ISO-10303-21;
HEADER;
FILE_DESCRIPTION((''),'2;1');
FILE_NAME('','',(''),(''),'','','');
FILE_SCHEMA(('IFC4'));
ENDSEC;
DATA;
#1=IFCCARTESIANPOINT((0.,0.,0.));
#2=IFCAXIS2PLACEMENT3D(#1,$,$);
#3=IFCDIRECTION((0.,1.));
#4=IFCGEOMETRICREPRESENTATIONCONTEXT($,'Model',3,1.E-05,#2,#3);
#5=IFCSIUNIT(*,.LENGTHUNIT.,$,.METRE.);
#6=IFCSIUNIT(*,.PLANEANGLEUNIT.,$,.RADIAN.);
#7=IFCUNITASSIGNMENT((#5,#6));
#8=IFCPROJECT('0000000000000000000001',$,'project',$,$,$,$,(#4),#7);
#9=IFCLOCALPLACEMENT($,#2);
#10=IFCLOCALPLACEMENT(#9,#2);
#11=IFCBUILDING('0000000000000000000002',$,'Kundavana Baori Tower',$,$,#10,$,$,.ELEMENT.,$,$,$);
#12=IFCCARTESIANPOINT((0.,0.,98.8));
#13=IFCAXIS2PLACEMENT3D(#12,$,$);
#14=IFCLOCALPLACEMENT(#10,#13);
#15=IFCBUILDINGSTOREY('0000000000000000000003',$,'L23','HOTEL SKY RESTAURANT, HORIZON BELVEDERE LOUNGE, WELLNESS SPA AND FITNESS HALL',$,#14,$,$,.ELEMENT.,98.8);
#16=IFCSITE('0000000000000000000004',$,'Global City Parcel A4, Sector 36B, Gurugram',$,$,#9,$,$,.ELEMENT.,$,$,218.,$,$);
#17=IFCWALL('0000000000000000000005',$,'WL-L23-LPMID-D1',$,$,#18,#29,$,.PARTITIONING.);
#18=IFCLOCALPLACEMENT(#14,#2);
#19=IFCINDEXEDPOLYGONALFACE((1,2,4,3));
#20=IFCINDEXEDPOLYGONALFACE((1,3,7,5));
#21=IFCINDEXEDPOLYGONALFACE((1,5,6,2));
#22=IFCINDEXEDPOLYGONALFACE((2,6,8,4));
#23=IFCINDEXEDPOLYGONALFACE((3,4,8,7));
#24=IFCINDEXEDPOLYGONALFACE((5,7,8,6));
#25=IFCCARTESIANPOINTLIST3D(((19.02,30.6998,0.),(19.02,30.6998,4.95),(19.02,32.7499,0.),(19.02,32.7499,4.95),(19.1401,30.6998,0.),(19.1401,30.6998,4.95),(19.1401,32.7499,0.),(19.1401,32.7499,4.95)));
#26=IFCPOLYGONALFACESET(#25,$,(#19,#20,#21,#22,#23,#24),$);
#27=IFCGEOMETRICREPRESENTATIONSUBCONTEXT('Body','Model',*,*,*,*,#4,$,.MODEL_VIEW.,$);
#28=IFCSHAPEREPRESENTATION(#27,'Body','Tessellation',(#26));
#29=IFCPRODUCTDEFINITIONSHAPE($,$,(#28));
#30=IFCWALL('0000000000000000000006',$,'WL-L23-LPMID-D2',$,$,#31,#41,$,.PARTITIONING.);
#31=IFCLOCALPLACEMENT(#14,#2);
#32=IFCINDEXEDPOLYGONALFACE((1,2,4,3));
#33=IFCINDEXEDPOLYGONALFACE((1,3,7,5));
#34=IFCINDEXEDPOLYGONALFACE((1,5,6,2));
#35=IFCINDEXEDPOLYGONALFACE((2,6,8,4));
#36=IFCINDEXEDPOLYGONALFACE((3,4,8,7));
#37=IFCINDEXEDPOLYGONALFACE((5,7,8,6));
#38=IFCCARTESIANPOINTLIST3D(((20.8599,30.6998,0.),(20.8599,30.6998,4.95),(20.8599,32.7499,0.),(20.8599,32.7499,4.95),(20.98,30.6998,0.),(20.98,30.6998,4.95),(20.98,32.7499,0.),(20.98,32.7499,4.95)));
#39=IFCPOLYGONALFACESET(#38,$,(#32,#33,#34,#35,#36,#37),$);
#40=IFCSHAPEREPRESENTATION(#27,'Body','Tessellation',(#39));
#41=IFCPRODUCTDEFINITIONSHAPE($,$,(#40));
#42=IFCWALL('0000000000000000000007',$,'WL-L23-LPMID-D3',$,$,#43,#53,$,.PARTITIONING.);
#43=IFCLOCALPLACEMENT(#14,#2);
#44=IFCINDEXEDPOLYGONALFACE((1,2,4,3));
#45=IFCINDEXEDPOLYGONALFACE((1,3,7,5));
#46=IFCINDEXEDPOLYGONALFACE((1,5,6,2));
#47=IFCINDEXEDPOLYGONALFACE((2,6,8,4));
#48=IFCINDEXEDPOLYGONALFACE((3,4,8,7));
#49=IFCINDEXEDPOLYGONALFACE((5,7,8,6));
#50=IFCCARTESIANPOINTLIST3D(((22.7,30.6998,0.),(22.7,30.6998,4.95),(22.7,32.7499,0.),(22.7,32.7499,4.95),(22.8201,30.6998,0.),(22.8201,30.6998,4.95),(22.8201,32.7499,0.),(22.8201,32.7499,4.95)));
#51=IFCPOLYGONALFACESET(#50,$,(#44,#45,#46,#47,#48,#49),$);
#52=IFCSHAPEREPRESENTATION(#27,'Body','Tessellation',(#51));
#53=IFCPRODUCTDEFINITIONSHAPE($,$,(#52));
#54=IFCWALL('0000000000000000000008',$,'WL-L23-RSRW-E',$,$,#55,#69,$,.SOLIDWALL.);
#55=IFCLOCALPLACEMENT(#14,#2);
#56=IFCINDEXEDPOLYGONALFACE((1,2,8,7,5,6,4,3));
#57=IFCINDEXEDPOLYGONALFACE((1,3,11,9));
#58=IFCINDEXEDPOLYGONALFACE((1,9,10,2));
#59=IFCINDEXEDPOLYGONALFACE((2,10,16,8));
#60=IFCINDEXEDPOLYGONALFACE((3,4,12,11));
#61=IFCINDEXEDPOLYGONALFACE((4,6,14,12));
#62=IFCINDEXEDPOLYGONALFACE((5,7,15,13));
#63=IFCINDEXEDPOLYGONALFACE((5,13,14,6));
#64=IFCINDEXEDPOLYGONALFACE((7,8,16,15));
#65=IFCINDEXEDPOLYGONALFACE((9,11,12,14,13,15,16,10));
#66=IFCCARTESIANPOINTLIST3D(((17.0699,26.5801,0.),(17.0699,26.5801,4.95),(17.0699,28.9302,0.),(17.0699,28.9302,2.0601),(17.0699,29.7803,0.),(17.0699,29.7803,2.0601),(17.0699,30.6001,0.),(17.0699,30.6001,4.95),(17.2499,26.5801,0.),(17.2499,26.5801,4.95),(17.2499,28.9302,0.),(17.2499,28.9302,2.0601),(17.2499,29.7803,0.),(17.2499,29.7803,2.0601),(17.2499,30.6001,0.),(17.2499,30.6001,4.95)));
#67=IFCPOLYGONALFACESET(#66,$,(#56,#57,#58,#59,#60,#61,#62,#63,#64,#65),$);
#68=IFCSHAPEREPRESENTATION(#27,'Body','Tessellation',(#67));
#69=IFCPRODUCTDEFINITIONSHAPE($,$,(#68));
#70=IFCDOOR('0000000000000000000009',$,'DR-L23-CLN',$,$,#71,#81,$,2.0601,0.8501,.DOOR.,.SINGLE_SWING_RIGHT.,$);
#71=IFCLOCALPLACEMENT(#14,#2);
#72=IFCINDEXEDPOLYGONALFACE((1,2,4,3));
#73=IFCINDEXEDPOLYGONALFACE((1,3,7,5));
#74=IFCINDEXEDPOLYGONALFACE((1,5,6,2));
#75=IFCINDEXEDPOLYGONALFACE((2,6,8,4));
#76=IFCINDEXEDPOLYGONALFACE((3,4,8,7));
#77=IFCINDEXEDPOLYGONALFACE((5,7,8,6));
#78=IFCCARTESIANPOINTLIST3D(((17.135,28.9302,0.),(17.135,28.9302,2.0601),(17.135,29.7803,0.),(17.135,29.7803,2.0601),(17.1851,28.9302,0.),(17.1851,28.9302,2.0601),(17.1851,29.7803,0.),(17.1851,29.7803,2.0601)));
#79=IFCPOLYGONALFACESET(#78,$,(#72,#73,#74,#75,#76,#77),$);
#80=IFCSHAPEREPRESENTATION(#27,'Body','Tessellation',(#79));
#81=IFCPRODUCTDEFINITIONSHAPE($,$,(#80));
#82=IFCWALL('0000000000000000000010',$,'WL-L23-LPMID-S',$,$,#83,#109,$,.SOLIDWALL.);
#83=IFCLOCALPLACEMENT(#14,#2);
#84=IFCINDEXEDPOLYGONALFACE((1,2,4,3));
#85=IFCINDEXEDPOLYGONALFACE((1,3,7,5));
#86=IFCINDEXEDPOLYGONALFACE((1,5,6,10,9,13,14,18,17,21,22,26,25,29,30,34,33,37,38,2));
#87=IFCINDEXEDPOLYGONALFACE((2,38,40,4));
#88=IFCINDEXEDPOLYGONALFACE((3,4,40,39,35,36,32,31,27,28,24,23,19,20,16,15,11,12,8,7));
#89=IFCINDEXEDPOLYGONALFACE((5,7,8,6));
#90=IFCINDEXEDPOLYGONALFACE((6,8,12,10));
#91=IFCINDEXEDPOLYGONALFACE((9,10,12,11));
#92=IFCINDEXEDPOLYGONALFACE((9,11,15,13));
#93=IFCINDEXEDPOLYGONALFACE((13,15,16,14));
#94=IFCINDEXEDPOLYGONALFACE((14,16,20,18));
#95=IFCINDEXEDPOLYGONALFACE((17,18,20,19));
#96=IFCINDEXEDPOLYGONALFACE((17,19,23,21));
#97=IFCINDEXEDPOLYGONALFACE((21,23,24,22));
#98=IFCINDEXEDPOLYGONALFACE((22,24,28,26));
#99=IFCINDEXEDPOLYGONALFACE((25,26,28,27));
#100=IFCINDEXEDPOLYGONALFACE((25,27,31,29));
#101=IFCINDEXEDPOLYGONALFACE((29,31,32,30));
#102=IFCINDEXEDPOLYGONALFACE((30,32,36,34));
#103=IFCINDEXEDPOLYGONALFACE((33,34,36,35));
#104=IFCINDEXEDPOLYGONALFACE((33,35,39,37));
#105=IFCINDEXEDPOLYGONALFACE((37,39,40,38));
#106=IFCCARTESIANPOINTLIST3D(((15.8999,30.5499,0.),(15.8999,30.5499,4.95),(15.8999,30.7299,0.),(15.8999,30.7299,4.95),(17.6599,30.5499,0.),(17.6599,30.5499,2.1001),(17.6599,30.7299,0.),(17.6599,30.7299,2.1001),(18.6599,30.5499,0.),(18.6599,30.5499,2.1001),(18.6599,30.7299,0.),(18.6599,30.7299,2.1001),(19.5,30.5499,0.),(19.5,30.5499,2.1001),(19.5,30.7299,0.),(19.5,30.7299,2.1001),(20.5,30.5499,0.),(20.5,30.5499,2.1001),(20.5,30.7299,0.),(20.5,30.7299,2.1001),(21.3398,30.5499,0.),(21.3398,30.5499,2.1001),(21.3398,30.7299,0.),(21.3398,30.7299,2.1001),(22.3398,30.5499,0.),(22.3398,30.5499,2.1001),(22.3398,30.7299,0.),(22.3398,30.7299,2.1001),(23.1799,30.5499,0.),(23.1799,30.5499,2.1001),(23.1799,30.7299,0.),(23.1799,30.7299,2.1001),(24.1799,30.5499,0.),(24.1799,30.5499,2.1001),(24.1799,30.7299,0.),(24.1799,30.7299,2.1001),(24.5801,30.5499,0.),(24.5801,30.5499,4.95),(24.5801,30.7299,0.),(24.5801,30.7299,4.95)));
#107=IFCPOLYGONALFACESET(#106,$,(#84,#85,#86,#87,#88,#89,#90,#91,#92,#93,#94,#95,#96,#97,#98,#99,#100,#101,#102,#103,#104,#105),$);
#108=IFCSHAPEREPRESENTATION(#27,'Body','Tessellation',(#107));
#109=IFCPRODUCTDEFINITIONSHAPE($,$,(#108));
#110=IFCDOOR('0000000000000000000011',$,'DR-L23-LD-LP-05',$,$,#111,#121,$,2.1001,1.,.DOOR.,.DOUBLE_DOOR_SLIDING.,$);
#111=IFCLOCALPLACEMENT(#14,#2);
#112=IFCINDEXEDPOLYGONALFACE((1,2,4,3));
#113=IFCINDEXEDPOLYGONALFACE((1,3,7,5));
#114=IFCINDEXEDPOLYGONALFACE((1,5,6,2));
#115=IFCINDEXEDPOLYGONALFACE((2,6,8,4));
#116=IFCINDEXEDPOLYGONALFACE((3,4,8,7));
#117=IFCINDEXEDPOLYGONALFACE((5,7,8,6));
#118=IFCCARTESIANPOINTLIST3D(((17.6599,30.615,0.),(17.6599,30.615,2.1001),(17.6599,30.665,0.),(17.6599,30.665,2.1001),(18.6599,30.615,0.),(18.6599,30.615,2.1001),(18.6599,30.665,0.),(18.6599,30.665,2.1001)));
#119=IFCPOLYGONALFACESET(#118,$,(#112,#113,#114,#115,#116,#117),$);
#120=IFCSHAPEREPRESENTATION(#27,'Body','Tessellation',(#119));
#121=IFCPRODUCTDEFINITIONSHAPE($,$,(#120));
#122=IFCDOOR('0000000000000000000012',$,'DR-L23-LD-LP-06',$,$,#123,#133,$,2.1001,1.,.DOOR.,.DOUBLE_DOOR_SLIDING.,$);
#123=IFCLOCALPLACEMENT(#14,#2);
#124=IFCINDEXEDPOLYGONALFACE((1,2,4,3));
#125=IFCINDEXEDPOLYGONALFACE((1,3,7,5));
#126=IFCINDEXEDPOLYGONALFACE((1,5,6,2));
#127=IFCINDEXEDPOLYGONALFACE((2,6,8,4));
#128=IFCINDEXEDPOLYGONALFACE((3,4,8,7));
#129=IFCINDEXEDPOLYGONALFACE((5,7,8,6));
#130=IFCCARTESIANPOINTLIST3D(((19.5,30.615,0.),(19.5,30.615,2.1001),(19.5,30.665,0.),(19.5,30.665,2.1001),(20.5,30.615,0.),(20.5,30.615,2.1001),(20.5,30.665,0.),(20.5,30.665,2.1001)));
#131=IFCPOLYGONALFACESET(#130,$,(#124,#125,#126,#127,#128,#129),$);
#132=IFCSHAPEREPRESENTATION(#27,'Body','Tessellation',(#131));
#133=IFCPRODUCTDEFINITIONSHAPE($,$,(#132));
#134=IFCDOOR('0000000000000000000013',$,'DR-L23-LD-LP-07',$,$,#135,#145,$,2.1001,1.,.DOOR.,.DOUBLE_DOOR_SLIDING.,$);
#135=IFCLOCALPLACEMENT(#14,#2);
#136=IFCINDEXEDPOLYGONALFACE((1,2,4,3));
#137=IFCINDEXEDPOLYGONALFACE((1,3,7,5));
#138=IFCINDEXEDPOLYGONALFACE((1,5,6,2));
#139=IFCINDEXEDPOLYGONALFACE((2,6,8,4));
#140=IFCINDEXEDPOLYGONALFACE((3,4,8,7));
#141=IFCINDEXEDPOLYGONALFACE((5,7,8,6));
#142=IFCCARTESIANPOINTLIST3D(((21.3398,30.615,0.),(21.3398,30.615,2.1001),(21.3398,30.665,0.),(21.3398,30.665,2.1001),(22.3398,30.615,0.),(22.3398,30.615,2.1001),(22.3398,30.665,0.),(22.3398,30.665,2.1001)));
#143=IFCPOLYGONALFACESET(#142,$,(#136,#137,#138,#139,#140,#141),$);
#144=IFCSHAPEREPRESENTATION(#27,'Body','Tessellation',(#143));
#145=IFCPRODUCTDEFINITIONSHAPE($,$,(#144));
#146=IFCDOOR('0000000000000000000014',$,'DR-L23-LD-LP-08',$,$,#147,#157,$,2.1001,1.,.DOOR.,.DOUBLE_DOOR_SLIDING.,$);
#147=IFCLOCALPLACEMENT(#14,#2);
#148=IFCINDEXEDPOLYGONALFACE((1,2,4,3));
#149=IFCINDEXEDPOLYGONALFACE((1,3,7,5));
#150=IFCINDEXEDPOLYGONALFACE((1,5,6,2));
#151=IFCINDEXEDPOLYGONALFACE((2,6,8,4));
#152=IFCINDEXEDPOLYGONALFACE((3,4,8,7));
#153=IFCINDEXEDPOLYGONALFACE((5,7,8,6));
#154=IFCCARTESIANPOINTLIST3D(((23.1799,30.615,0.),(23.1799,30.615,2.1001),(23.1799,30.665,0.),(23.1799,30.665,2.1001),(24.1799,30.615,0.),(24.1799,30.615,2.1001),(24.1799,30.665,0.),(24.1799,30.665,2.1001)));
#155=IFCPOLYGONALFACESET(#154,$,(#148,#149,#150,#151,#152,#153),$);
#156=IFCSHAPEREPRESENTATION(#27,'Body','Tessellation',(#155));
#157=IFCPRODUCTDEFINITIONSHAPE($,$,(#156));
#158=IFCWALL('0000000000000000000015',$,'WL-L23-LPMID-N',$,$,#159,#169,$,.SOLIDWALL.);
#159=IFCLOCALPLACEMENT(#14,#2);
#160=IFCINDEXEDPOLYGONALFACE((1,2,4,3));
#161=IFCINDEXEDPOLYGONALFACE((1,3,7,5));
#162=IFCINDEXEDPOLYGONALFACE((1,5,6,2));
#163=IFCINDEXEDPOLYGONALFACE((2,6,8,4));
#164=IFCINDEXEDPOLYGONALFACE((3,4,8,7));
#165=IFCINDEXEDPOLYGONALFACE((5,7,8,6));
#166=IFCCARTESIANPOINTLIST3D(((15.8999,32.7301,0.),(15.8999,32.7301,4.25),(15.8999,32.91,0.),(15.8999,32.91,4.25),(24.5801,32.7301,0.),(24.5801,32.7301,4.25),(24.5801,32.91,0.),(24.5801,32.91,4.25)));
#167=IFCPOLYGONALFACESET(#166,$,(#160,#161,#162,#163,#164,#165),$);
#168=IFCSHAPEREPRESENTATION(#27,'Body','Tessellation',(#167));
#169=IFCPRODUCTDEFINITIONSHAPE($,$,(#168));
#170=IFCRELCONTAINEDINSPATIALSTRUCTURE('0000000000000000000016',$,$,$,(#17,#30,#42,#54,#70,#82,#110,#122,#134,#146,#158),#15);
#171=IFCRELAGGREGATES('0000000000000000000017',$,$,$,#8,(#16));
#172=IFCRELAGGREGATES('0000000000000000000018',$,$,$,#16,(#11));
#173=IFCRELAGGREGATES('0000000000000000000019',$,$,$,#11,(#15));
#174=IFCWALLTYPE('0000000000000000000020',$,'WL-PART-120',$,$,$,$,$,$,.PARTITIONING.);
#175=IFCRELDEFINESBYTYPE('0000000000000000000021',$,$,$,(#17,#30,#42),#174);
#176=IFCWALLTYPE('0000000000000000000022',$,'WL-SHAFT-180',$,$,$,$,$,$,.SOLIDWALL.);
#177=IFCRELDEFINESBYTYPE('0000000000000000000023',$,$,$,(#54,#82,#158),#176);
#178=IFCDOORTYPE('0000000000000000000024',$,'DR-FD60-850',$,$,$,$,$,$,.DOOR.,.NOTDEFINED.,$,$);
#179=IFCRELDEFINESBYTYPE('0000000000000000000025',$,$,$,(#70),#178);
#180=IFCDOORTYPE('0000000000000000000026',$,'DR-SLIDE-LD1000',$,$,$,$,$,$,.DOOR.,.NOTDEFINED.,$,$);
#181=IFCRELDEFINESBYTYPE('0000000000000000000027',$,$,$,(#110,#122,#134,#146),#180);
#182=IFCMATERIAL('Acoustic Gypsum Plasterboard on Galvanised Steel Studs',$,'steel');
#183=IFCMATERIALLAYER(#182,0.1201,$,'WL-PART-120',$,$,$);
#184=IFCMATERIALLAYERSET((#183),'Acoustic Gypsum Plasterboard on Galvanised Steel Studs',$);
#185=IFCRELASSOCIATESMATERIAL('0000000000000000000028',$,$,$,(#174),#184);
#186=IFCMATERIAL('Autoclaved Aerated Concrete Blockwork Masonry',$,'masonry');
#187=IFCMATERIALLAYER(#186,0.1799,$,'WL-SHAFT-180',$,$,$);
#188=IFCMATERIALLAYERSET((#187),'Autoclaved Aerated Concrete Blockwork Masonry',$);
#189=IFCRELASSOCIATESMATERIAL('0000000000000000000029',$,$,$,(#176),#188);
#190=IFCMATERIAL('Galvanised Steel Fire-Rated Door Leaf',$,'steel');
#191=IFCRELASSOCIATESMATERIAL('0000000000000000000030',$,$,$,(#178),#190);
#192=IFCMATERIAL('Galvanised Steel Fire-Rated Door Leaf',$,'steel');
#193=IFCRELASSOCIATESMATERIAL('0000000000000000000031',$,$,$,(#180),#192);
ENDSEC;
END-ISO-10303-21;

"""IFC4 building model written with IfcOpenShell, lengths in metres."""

from ifc_helpers import new_model, si_unit, direction, frame, frame_2d, origin, place, context, subcontext, project, spatial, rectangle, extrude, material, layer, layer_set, type_object, element, fill, save


model = new_model("IFC4")

# Units and contexts
model_context = context("Model", 3, precision=1e-05, world=origin(), true_north=direction((0.0, 1.0)))
body_context = subcontext(model_context, "Body", "Model", "MODEL_VIEW")
ifc_project = project(units=[si_unit("LENGTHUNIT", "METRE"), si_unit("PLANEANGLEUNIT", "RADIAN")], contexts=[model_context])

# Site, building, storey
site_placement = place(None, origin())
site = spatial("IfcSite", under=ifc_project, at=site_placement, Name="Global City Parcel A4, Sector 36B, Gurugram", CompositionType="ELEMENT", RefElevation=218.0)
building_placement = place(site_placement, origin())
building = spatial("IfcBuilding", under=site, at=building_placement, Name="Kundavana Baori Tower", CompositionType="ELEMENT")
storey_placement = place(building_placement, frame((0.0, 0.0, 98.8)))
storey = spatial("IfcBuildingStorey", under=building, at=storey_placement, Name="L23", Description="HOTEL SKY RESTAURANT, HORIZON BELVEDERE LOUNGE, WELLNESS SPA AND FITNESS HALL", CompositionType="ELEMENT", Elevation=98.8)

# Walls
ifc_material_1 = material(Name="Acoustic Gypsum Plasterboard on Galvanised Steel Studs", Category="steel")
ifc_layer_1 = layer(ifc_material_1, 0.1201, Name="WL-PART-120")
ifc_layer_set_1 = layer_set([ifc_layer_1], Name="Acoustic Gypsum Plasterboard on Galvanised Steel Studs")
wall_type_1 = type_object("IfcWallType", Name="WL-PART-120", PredefinedType="PARTITIONING", material=ifc_layer_set_1)
for number, where, z_axis, x_axis, name in (
    (1, (19.0801, 30.7, 0.0), (0.0, 0.0, 1.0), (0.0, 1.0, 0.0), "WL-L23-LPMID-D1"),
    (2, (20.9199, 30.7, 0.0), (0.0, 0.0, 1.0), (0.0, 1.0, 0.0), "WL-L23-LPMID-D2"),
    (3, (22.76, 30.7, 0.0), (0.0, 0.0, 1.0), (0.0, 1.0, 0.0), "WL-L23-LPMID-D3"),
):
    element("IfcWall", number, at=place(storey_placement, frame(where, z_axis=z_axis, x_axis=x_axis)), inside=storey, type_object=wall_type_1, Name=name, PredefinedType="PARTITIONING", context=body_context, shape_type="SweptSolid", body=[
        extrude(rectangle(XDim=2.05, YDim=0.1201, at=frame_2d((1.0249, 0.0))), origin(), (0.0, 0.0, 1.0), 4.95),
    ])

# Wall, opening, door
ifc_material_2 = material(Name="Autoclaved Aerated Concrete Blockwork Masonry", Category="masonry")
ifc_layer_2 = layer(ifc_material_2, 0.1799, Name="WL-SHAFT-180")
ifc_layer_set_2 = layer_set([ifc_layer_2], Name="Autoclaved Aerated Concrete Blockwork Masonry")
wall_type_2 = type_object("IfcWallType", Name="WL-SHAFT-180", PredefinedType="SOLIDWALL", material=ifc_layer_set_2)
wall_1_placement = place(storey_placement, frame((17.1599, 26.5801, 0.0), z_axis=(0.0, 0.0, 1.0), x_axis=(0.0, 1.0, 0.0)))
wall_1 = element("IfcWall", 4, at=wall_1_placement, inside=storey, type_object=wall_type_2, Name="WL-L23-RSRW-E", PredefinedType="SOLIDWALL", context=body_context, shape_type="SweptSolid", body=[
    extrude(rectangle(XDim=4.02, YDim=0.1799, at=frame_2d((2.01, 0.0))), origin(), (0.0, 0.0, 1.0), 4.95),
])
opening_1_placement = place(wall_1_placement, frame((2.3501, 0.0, 0.0)))
opening_1 = element("IfcOpeningElement", 5, at=opening_1_placement, cuts=wall_1, PredefinedType="OPENING", context=body_context, shape_type="SweptSolid", body=[
    extrude(rectangle(XDim=0.8501, YDim=2.0601, at=frame_2d((0.425, 1.03))), frame((0.0, 0.1001, 0.0), z_axis=(0.0, -1.0, 0.0), x_axis=(1.0, 0.0, 0.0)), (0.0, 0.0, 1.0), 0.2),
])
ifc_material_3 = material(Name="Galvanised Steel Fire-Rated Door Leaf", Category="steel")
door_type_1 = type_object("IfcDoorType", Name="DR-FD60-850", OperationType="NOTDEFINED", PredefinedType="DOOR", material=ifc_material_3)
door_1_placement = place(opening_1_placement, origin())
door_1 = element("IfcDoor", 6, at=door_1_placement, inside=storey, type_object=door_type_1, Name="DR-L23-CLN", OperationType="SINGLE_SWING_RIGHT", OverallHeight=2.0601, OverallWidth=0.8501, PredefinedType="DOOR", context=body_context, shape_type="SweptSolid", body=[
    extrude(rectangle(XDim=0.8501, YDim=2.0601, at=frame_2d((0.425, 1.03))), frame((0.0, 0.0249, 0.0), z_axis=(0.0, -1.0, 0.0), x_axis=(1.0, 0.0, 0.0)), (0.0, 0.0, 1.0), 0.05),
])
fill(opening_1, door_1)

# Wall, openings, doors
wall_2_placement = place(storey_placement, frame((15.8999, 30.6399, 0.0), z_axis=(0.0, 0.0, 1.0), x_axis=(1.0, 0.0, 0.0)))
wall_2 = element("IfcWall", 7, at=wall_2_placement, inside=storey, type_object=wall_type_2, Name="WL-L23-LPMID-S", PredefinedType="SOLIDWALL", context=body_context, shape_type="SweptSolid", body=[
    extrude(rectangle(XDim=8.6802, YDim=0.1799, at=frame_2d((4.3401, 0.0))), origin(), (0.0, 0.0, 1.0), 4.95),
])
opening_2_placement = place(wall_2_placement, frame((1.76, 0.0, 0.0)))
opening_2 = element("IfcOpeningElement", 8, at=opening_2_placement, cuts=wall_2, PredefinedType="OPENING", context=body_context, shape_type="SweptSolid", body=[
    extrude(rectangle(XDim=1.0, YDim=2.1001, at=frame_2d((0.5, 1.05))), frame((0.0, 0.1001, 0.0), z_axis=(0.0, -1.0, 0.0), x_axis=(1.0, 0.0, 0.0)), (0.0, 0.0, 1.0), 0.2),
])
opening_3_placement = place(wall_2_placement, frame((3.6001, 0.0, 0.0)))
opening_3 = element("IfcOpeningElement", 9, at=opening_3_placement, cuts=wall_2, PredefinedType="OPENING", context=body_context, shape_type="SweptSolid", body=[
    extrude(rectangle(XDim=1.0, YDim=2.1001, at=frame_2d((0.5, 1.05))), frame((0.0, 0.1001, 0.0), z_axis=(0.0, -1.0, 0.0), x_axis=(1.0, 0.0, 0.0)), (0.0, 0.0, 1.0), 0.2),
])
opening_4_placement = place(wall_2_placement, frame((5.4399, 0.0, 0.0)))
opening_4 = element("IfcOpeningElement", 10, at=opening_4_placement, cuts=wall_2, PredefinedType="OPENING", context=body_context, shape_type="SweptSolid", body=[
    extrude(rectangle(XDim=1.0, YDim=2.1001, at=frame_2d((0.5, 1.05))), frame((0.0, 0.1001, 0.0), z_axis=(0.0, -1.0, 0.0), x_axis=(1.0, 0.0, 0.0)), (0.0, 0.0, 1.0), 0.2),
])
opening_5_placement = place(wall_2_placement, frame((7.28, 0.0, 0.0)))
opening_5 = element("IfcOpeningElement", 11, at=opening_5_placement, cuts=wall_2, PredefinedType="OPENING", context=body_context, shape_type="SweptSolid", body=[
    extrude(rectangle(XDim=1.0, YDim=2.1001, at=frame_2d((0.5, 1.05))), frame((0.0, 0.1001, 0.0), z_axis=(0.0, -1.0, 0.0), x_axis=(1.0, 0.0, 0.0)), (0.0, 0.0, 1.0), 0.2),
])
ifc_material_4 = material(Name="Galvanised Steel Fire-Rated Door Leaf", Category="steel")
door_type_2 = type_object("IfcDoorType", Name="DR-SLIDE-LD1000", OperationType="NOTDEFINED", PredefinedType="DOOR", material=ifc_material_4)
door_2_placement = place(opening_2_placement, frame((1.0, 0.0, 0.0), z_axis=(0.0, 0.0, 1.0), x_axis=(-1.0, 0.0, 0.0)))
door_2 = element("IfcDoor", 12, at=door_2_placement, inside=storey, type_object=door_type_2, Name="DR-L23-LD-LP-05", OperationType="DOUBLE_DOOR_SLIDING", OverallHeight=2.1001, OverallWidth=1.0, PredefinedType="DOOR", context=body_context, shape_type="SweptSolid", body=[
    extrude(rectangle(XDim=1.0, YDim=2.1001, at=frame_2d((0.5, 1.05))), frame((0.0, 0.0249, 0.0), z_axis=(0.0, -1.0, 0.0), x_axis=(1.0, 0.0, 0.0)), (0.0, 0.0, 1.0), 0.05),
])
fill(opening_2, door_2)
door_3_placement = place(opening_3_placement, frame((1.0, 0.0, 0.0), z_axis=(0.0, 0.0, 1.0), x_axis=(-1.0, 0.0, 0.0)))
door_3 = element("IfcDoor", 13, at=door_3_placement, inside=storey, type_object=door_type_2, Name="DR-L23-LD-LP-06", OperationType="DOUBLE_DOOR_SLIDING", OverallHeight=2.1001, OverallWidth=1.0, PredefinedType="DOOR", context=body_context, shape_type="SweptSolid", body=[
    extrude(rectangle(XDim=1.0, YDim=2.1001, at=frame_2d((0.5, 1.05))), frame((0.0, 0.0249, 0.0), z_axis=(0.0, -1.0, 0.0), x_axis=(1.0, 0.0, 0.0)), (0.0, 0.0, 1.0), 0.05),
])
fill(opening_3, door_3)
door_4_placement = place(opening_4_placement, frame((1.0, 0.0, 0.0), z_axis=(0.0, 0.0, 1.0), x_axis=(-1.0, 0.0, 0.0)))
door_4 = element("IfcDoor", 14, at=door_4_placement, inside=storey, type_object=door_type_2, Name="DR-L23-LD-LP-07", OperationType="DOUBLE_DOOR_SLIDING", OverallHeight=2.1001, OverallWidth=1.0, PredefinedType="DOOR", context=body_context, shape_type="SweptSolid", body=[
    extrude(rectangle(XDim=1.0, YDim=2.1001, at=frame_2d((0.5, 1.05))), frame((0.0, 0.0249, 0.0), z_axis=(0.0, -1.0, 0.0), x_axis=(1.0, 0.0, 0.0)), (0.0, 0.0, 1.0), 0.05),
])
fill(opening_4, door_4)
door_5_placement = place(opening_5_placement, frame((1.0, 0.0, 0.0), z_axis=(0.0, 0.0, 1.0), x_axis=(-1.0, 0.0, 0.0)))
door_5 = element("IfcDoor", 15, at=door_5_placement, inside=storey, type_object=door_type_2, Name="DR-L23-LD-LP-08", OperationType="DOUBLE_DOOR_SLIDING", OverallHeight=2.1001, OverallWidth=1.0, PredefinedType="DOOR", context=body_context, shape_type="SweptSolid", body=[
    extrude(rectangle(XDim=1.0, YDim=2.1001, at=frame_2d((0.5, 1.05))), frame((0.0, 0.0249, 0.0), z_axis=(0.0, -1.0, 0.0), x_axis=(1.0, 0.0, 0.0)), (0.0, 0.0, 1.0), 0.05),
])
fill(opening_5, door_5)

# Wall
wall_3_placement = place(storey_placement, frame((15.8999, 32.8201, 0.0), z_axis=(0.0, 0.0, 1.0), x_axis=(1.0, 0.0, 0.0)))
element("IfcWall", 16, at=wall_3_placement, inside=storey, type_object=wall_type_2, Name="WL-L23-LPMID-N", PredefinedType="SOLIDWALL", context=body_context, shape_type="SweptSolid", body=[
    extrude(rectangle(XDim=8.6802, YDim=0.1799, at=frame_2d((4.3401, 0.0))), origin(), (0.0, 0.0, 1.0), 4.25),
])

save(model, "model.ifc")
